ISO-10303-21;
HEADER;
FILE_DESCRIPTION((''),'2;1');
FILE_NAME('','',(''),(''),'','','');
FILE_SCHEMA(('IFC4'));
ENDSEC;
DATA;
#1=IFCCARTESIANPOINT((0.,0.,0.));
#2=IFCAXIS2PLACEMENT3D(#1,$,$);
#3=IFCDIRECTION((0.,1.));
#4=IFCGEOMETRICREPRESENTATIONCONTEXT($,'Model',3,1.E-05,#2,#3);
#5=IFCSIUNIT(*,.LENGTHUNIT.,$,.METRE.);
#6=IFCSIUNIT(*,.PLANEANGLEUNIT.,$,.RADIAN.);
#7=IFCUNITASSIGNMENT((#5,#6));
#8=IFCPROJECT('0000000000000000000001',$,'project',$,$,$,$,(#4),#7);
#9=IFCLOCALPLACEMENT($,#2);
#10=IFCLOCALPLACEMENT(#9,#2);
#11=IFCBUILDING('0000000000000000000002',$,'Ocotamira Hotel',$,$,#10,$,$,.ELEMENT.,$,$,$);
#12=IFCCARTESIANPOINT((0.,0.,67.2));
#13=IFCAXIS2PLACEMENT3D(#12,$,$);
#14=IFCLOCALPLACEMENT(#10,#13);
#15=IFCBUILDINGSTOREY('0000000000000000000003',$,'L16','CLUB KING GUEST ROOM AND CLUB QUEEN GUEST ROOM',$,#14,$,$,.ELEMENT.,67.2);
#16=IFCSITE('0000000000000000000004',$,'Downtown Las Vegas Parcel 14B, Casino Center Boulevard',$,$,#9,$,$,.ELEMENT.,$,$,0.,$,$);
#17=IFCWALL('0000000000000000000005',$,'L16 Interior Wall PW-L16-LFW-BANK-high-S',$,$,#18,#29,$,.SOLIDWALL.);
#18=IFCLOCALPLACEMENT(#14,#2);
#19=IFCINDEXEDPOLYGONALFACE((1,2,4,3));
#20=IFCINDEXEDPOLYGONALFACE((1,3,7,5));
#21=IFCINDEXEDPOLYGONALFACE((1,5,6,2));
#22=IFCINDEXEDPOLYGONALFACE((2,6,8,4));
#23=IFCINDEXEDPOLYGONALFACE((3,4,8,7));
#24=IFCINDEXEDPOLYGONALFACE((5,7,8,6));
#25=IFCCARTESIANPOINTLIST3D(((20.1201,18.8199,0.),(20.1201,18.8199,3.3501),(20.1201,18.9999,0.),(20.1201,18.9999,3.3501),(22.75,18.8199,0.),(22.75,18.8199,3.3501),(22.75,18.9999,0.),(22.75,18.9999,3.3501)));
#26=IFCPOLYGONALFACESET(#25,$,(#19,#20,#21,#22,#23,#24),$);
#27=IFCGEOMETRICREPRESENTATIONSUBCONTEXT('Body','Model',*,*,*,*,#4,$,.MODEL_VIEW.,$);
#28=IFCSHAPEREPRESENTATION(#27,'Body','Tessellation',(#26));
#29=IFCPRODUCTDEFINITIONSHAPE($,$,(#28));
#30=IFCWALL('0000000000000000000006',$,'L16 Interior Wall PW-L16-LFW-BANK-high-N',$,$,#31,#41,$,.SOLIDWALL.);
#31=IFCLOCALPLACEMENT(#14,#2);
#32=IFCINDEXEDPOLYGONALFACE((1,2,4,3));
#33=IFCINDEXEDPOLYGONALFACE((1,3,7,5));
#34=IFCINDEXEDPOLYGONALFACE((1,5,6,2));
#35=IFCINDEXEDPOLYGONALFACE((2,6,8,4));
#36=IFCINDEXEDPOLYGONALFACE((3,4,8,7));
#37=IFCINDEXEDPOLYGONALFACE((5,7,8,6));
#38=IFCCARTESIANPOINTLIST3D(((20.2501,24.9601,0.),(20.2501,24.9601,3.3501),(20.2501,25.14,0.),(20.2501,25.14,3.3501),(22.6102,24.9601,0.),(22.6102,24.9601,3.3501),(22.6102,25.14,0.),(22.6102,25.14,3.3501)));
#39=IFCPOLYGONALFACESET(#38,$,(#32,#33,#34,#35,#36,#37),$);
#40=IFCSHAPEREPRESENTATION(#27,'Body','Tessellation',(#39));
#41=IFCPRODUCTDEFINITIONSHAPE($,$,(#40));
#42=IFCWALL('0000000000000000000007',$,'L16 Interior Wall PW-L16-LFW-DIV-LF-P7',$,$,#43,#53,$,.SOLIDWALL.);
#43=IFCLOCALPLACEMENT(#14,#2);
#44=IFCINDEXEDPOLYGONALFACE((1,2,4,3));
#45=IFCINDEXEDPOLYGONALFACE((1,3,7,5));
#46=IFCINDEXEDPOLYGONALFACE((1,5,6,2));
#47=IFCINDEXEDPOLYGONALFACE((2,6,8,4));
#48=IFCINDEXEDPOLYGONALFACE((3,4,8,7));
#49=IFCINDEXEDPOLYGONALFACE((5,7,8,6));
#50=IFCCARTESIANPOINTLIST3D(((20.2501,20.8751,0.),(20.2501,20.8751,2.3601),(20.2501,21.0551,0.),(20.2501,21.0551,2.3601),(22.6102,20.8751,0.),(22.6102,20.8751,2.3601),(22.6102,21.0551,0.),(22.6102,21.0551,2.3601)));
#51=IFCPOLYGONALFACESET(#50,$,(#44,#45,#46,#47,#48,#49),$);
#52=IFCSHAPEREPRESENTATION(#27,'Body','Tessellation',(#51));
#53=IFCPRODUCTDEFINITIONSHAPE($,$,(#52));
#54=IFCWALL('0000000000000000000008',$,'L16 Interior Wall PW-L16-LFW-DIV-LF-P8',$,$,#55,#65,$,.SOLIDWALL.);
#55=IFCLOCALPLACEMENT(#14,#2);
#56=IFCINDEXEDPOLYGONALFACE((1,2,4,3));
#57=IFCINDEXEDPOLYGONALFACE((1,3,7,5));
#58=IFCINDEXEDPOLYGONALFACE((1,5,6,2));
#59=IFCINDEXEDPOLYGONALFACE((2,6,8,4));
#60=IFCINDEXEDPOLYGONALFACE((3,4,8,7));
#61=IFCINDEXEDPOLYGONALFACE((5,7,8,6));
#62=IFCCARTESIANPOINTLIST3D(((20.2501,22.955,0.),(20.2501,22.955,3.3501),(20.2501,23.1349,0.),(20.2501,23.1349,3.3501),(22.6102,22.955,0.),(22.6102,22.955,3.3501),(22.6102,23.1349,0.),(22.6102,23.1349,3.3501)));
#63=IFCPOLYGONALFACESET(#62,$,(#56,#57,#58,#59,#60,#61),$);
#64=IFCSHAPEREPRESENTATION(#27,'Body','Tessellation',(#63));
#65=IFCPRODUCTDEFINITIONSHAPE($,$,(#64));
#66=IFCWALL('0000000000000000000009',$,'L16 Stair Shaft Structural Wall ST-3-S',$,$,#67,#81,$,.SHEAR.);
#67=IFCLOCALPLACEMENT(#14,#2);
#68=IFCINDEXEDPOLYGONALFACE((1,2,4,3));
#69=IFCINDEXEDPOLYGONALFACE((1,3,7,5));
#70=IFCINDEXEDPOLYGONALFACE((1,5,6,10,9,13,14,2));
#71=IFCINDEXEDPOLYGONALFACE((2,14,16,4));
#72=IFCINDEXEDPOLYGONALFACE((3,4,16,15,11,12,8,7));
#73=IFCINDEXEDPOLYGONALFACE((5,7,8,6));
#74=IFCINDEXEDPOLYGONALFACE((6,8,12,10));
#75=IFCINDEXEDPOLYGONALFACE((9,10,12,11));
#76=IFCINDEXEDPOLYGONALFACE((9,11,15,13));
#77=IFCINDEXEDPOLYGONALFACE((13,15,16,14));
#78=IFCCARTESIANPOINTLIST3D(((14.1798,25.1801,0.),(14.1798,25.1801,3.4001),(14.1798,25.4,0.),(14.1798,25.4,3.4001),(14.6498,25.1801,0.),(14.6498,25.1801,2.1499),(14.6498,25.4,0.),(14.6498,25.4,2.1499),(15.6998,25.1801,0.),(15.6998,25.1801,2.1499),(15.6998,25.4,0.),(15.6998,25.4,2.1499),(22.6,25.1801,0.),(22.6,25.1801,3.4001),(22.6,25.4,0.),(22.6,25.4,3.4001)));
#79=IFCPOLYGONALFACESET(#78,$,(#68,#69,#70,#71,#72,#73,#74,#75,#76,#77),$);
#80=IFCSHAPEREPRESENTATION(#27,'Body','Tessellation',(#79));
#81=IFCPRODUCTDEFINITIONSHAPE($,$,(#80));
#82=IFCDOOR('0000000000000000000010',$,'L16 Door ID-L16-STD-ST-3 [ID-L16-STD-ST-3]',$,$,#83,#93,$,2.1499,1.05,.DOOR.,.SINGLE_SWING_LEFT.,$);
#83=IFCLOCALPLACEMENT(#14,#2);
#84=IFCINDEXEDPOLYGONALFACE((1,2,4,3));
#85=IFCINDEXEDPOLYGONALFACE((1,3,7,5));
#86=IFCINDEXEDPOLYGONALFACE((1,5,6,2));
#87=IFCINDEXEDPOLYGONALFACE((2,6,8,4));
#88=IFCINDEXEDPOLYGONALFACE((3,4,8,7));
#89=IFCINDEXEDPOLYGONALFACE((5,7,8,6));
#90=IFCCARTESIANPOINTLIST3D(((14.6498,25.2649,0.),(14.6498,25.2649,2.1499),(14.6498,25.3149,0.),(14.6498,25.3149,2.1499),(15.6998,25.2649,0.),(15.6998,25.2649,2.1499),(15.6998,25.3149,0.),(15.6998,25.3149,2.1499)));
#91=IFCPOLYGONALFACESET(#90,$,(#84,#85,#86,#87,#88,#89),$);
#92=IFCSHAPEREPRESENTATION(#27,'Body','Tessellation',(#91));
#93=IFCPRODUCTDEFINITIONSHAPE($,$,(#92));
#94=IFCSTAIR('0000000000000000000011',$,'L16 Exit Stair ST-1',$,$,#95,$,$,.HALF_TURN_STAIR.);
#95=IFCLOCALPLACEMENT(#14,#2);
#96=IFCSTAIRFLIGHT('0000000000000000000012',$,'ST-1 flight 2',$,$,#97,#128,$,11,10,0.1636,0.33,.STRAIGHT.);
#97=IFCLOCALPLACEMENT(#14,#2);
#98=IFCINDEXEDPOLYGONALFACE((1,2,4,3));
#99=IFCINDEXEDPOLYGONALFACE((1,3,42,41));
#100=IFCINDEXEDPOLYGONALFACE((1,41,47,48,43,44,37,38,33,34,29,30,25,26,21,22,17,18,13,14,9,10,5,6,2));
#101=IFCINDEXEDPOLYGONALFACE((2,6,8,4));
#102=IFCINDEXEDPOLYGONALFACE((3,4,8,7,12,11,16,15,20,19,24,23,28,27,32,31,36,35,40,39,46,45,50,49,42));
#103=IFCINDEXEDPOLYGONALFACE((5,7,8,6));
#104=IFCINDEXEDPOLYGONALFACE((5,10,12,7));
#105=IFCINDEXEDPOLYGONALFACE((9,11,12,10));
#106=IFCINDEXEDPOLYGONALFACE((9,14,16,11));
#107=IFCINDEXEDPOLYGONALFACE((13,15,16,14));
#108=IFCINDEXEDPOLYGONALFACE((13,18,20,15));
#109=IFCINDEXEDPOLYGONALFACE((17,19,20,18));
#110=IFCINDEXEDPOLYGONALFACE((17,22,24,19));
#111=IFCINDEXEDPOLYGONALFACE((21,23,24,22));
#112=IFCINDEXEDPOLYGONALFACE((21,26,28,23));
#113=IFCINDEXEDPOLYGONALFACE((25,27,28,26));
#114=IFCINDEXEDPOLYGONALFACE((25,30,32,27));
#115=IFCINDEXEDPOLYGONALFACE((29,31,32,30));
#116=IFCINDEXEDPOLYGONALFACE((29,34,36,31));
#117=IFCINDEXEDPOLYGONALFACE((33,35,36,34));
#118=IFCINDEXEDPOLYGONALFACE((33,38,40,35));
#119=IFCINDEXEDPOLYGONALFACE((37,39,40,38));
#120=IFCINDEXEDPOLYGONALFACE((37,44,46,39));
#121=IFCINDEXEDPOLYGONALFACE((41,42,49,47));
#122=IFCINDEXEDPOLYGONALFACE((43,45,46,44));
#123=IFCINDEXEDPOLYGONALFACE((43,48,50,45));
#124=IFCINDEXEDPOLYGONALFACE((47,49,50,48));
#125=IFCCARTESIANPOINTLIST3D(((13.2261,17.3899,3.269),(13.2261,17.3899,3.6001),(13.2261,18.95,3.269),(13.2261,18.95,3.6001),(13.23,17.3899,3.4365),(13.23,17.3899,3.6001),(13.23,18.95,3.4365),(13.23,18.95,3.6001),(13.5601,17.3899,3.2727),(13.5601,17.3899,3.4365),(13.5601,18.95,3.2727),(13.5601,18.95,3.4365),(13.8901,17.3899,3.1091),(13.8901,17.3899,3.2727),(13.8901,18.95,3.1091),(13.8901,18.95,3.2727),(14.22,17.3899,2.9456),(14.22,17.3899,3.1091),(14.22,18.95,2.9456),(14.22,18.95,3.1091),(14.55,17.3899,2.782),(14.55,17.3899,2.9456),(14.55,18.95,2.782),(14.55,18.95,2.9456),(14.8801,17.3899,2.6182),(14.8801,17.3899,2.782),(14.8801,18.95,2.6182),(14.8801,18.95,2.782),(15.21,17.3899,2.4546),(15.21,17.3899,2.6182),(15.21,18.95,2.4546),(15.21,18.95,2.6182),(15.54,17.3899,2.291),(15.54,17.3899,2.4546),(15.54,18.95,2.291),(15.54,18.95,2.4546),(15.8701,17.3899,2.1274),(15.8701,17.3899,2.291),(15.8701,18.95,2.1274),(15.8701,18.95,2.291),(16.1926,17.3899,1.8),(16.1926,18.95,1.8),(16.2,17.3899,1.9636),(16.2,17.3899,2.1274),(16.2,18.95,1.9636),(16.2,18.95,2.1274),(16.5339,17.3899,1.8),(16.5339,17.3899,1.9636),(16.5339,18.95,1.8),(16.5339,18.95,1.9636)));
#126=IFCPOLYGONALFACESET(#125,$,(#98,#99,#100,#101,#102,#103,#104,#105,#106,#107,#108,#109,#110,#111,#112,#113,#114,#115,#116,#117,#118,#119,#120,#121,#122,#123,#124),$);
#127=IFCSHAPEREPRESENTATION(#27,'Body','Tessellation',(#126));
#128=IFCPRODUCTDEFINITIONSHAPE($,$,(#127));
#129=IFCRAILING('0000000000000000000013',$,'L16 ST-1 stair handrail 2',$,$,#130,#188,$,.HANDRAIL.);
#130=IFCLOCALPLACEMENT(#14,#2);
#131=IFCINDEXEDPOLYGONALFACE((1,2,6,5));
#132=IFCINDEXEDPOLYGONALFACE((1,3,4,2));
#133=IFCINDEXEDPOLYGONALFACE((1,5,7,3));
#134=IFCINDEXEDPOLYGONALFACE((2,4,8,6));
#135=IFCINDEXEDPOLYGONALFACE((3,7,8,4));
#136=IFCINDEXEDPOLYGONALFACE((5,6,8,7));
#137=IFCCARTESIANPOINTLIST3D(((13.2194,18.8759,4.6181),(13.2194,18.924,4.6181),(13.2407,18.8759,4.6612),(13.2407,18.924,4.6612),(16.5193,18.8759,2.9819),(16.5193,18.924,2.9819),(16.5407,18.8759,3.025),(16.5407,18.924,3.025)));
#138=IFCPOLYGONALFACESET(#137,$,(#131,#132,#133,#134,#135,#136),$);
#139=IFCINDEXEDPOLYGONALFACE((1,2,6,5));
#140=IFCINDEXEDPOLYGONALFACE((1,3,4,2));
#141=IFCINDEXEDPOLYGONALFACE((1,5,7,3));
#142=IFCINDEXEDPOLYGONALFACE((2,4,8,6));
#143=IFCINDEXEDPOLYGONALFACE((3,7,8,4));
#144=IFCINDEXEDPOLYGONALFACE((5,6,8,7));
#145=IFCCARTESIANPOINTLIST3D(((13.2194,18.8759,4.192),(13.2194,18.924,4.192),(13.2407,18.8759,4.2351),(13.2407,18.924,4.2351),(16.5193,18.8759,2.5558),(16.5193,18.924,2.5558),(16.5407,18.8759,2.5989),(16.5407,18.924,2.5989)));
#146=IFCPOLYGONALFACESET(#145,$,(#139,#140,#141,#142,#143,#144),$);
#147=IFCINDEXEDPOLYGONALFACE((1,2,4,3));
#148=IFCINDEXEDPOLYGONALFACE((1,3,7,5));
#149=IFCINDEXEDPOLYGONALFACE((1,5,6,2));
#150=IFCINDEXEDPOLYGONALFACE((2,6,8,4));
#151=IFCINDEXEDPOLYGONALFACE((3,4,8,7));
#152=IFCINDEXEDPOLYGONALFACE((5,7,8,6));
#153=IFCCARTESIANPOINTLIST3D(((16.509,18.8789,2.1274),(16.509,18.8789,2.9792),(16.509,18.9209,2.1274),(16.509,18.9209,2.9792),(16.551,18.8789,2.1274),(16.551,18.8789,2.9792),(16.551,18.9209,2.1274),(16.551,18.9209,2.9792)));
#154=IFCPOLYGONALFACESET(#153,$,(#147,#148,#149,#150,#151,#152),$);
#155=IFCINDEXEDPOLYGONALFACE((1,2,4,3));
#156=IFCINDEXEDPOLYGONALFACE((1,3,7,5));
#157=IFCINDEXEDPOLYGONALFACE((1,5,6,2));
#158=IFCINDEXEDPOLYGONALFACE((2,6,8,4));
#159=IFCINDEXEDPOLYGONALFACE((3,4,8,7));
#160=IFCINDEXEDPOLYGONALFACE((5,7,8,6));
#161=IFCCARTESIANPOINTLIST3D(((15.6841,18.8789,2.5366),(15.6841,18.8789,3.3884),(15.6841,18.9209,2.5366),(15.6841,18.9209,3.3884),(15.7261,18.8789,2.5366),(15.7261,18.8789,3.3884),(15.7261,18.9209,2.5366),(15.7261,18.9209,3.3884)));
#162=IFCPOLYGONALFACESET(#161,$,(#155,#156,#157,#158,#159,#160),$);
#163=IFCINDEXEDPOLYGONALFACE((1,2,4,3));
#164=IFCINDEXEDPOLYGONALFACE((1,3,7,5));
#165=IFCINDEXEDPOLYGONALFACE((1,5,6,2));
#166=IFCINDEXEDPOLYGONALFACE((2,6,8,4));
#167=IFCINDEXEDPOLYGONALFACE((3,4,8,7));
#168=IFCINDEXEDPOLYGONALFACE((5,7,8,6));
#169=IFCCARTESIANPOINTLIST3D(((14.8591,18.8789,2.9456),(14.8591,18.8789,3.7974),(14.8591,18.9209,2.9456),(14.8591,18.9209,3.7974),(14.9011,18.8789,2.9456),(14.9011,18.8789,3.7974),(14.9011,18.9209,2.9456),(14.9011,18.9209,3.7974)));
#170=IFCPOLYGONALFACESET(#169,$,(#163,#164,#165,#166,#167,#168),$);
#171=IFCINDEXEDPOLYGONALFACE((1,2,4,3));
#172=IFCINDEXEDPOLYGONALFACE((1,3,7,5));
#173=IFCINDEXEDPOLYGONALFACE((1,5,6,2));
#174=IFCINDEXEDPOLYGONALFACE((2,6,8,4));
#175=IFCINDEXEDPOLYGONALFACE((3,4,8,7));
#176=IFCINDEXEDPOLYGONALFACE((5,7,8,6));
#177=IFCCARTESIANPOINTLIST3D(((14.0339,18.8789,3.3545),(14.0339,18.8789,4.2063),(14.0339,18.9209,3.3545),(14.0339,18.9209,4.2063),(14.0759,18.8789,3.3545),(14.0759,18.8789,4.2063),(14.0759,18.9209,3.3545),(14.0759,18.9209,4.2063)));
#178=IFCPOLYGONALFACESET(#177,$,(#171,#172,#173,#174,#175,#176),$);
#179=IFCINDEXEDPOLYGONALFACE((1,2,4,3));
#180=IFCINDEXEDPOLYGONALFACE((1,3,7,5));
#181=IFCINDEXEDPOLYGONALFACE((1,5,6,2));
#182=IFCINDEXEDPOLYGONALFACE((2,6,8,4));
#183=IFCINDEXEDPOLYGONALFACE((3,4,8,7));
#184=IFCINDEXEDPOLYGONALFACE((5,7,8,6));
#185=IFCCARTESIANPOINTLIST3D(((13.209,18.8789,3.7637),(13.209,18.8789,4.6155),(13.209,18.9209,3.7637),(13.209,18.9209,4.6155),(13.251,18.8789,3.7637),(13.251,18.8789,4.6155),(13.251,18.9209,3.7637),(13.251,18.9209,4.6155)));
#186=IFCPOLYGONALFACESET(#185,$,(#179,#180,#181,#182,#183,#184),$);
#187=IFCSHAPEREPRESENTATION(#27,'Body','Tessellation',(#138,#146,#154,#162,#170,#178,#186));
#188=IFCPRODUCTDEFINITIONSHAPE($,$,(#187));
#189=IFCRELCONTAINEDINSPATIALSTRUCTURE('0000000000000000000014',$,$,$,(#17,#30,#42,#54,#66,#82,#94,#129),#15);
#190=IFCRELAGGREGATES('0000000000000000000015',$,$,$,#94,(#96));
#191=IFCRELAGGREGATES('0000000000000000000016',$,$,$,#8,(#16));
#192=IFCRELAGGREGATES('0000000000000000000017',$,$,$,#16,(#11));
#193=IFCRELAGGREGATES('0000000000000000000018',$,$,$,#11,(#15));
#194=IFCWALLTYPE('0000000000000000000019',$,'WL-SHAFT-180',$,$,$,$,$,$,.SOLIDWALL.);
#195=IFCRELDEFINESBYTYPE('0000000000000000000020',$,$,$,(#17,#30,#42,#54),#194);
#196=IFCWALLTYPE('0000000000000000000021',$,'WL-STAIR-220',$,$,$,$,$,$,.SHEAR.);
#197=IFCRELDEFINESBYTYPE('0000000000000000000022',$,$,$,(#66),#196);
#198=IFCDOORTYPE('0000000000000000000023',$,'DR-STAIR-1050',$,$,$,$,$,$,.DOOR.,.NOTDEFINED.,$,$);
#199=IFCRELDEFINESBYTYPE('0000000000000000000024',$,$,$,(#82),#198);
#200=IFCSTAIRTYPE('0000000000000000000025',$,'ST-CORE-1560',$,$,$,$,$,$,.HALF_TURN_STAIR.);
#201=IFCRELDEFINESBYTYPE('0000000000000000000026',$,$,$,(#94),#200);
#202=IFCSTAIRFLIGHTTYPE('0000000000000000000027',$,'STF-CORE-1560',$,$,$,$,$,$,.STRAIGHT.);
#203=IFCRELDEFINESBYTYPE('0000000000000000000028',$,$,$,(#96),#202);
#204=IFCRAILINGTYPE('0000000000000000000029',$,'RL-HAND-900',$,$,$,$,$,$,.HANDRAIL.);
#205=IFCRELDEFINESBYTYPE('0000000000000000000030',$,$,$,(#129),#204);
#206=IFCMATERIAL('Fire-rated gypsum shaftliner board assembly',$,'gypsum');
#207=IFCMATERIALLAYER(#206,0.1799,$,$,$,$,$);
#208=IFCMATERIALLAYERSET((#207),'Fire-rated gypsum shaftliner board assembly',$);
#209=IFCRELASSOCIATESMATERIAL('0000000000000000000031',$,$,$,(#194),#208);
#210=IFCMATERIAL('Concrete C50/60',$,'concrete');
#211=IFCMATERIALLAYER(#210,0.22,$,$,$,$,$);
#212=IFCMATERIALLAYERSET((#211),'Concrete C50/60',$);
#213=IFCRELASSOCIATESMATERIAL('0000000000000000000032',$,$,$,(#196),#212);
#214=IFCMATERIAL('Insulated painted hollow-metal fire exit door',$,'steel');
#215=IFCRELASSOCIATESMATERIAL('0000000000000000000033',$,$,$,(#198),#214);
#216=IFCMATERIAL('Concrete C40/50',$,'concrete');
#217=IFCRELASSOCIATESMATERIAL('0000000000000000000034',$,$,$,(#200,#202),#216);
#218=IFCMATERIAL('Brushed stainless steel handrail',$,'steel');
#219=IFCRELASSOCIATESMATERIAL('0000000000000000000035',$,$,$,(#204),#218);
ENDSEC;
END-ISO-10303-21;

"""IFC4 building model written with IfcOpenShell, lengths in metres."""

from ifc_helpers import new_model, si_unit, direction, frame, frame_2d, origin, origin_2d, place, context, subcontext, project, spatial, polyline, rectangle, outline, extrude, source, transform, mapped, material, layer, layer_set, type_object, element, fill, aggregate, save


model = new_model("IFC4")

# Units and contexts
model_context = context("Model", 3, precision=1e-05, world=origin(), true_north=direction((0.0, 1.0)))
body_context = subcontext(model_context, "Body", "Model", "MODEL_VIEW")
ifc_project = project(units=[si_unit("LENGTHUNIT", "METRE"), si_unit("PLANEANGLEUNIT", "RADIAN")], contexts=[model_context])

# Site, building, storey
site_placement = place(None, origin())
site = spatial("IfcSite", under=ifc_project, at=site_placement, Name="Downtown Las Vegas Parcel 14B, Casino Center Boulevard", CompositionType="ELEMENT", RefElevation=0.0)
building_placement = place(site_placement, origin())
building = spatial("IfcBuilding", under=site, at=building_placement, Name="Ocotamira Hotel", CompositionType="ELEMENT")
storey_placement = place(building_placement, frame((0.0, 0.0, 67.2)))
storey = spatial("IfcBuildingStorey", under=building, at=storey_placement, Name="L16", Description="CLUB KING GUEST ROOM AND CLUB QUEEN GUEST ROOM", CompositionType="ELEMENT", Elevation=67.2)

# Walls
ifc_material_1 = material(Name="Fire-rated gypsum shaftliner board assembly", Category="gypsum")
ifc_layer_1 = layer(ifc_material_1, 0.1799)
ifc_layer_set_1 = layer_set([ifc_layer_1], Name="Fire-rated gypsum shaftliner board assembly")
wall_type_1 = type_object("IfcWallType", Name="WL-SHAFT-180", PredefinedType="SOLIDWALL", material=ifc_layer_set_1)
wall_1_placement = place(storey_placement, frame((20.1201, 18.9099, 0.0), z_axis=(0.0, 0.0, 1.0), x_axis=(1.0, 0.0, 0.0)))
element("IfcWall", 1, at=wall_1_placement, inside=storey, type_object=wall_type_1, Name="L16 Interior Wall PW-L16-LFW-BANK-high-S", PredefinedType="SOLIDWALL", context=body_context, shape_type="SweptSolid", body=[
    extrude(rectangle(XDim=2.6299, YDim=0.1799, at=frame_2d((1.3149, 0.0))), origin(), (0.0, 0.0, 1.0), 3.3501),
])
wall_2_placement = place(storey_placement, frame((20.25, 25.05, 0.0), z_axis=(0.0, 0.0, 1.0), x_axis=(1.0, 0.0, 0.0)))
element("IfcWall", 2, at=wall_2_placement, inside=storey, type_object=wall_type_1, Name="L16 Interior Wall PW-L16-LFW-BANK-high-N", PredefinedType="SOLIDWALL", context=body_context, shape_type="SweptSolid", body=[
    extrude(rectangle(XDim=2.3601, YDim=0.1799, at=frame_2d((1.1802, 0.0))), origin(), (0.0, 0.0, 1.0), 3.3501),
])
wall_3_placement = place(storey_placement, frame((20.25, 20.9651, 0.0), z_axis=(0.0, 0.0, 1.0), x_axis=(1.0, 0.0, 0.0)))
element("IfcWall", 3, at=wall_3_placement, inside=storey, type_object=wall_type_1, Name="L16 Interior Wall PW-L16-LFW-DIV-LF-P7", PredefinedType="SOLIDWALL", context=body_context, shape_type="SweptSolid", body=[
    extrude(rectangle(XDim=2.3601, YDim=0.1799, at=frame_2d((1.1802, 0.0))), origin(), (0.0, 0.0, 1.0), 2.3601),
])
wall_4_placement = place(storey_placement, frame((20.25, 23.0449, 0.0), z_axis=(0.0, 0.0, 1.0), x_axis=(1.0, 0.0, 0.0)))
element("IfcWall", 4, at=wall_4_placement, inside=storey, type_object=wall_type_1, Name="L16 Interior Wall PW-L16-LFW-DIV-LF-P8", PredefinedType="SOLIDWALL", context=body_context, shape_type="SweptSolid", body=[
    extrude(rectangle(XDim=2.3601, YDim=0.1799, at=frame_2d((1.1802, 0.0))), origin(), (0.0, 0.0, 1.0), 3.3501),
])

# Wall, opening, door
ifc_material_2 = material(Name="Concrete C50/60", Category="concrete")
ifc_layer_2 = layer(ifc_material_2, 0.22)
ifc_layer_set_2 = layer_set([ifc_layer_2], Name="Concrete C50/60")
wall_type_2 = type_object("IfcWallType", Name="WL-STAIR-220", PredefinedType="SHEAR", material=ifc_layer_set_2)
wall_5_placement = place(storey_placement, frame((14.1799, 25.29, 0.0), z_axis=(0.0, 0.0, 1.0), x_axis=(1.0, 0.0, 0.0)))
wall_5 = element("IfcWall", 5, at=wall_5_placement, inside=storey, type_object=wall_type_2, Name="L16 Stair Shaft Structural Wall ST-3-S", PredefinedType="SHEAR", context=body_context, shape_type="SweptSolid", body=[
    extrude(rectangle(XDim=8.4202, YDim=0.22, at=frame_2d((4.21, 0.0))), origin(), (0.0, 0.0, 1.0), 3.4001),
])
opening_1_placement = place(wall_5_placement, frame((0.47, 0.0, 0.0)))
opening_1 = element("IfcOpeningElement", 6, at=opening_1_placement, cuts=wall_5, PredefinedType="OPENING", context=body_context, shape_type="SweptSolid", body=[
    extrude(rectangle(XDim=1.05, YDim=2.1499, at=frame_2d((0.5249, 1.075))), frame((0.0, 0.1201, 0.0), z_axis=(0.0, -1.0, 0.0), x_axis=(1.0, 0.0, 0.0)), (0.0, 0.0, 1.0), 0.24),
])
ifc_material_3 = material(Name="Insulated painted hollow-metal fire exit door", Category="steel")
door_type_1 = type_object("IfcDoorType", Name="DR-STAIR-1050", OperationType="NOTDEFINED", PredefinedType="DOOR", material=ifc_material_3)
shared_shape_1 = source(origin(), body_context, "Body", "SweptSolid", [
    extrude(rectangle(XDim=1.05, YDim=2.1499, at=frame_2d((0.5249, 1.075))), frame((0.0, 0.0249, 0.0), z_axis=(0.0, -1.0, 0.0), x_axis=(1.0, 0.0, 0.0)), (0.0, 0.0, 1.0), 0.05),
])
door_1_placement = place(opening_1_placement, origin())
door_1 = element("IfcDoor", 7, at=door_1_placement, inside=storey, type_object=door_type_1, Name="L16 Door ID-L16-STD-ST-3 [ID-L16-STD-ST-3]", OperationType="SINGLE_SWING_LEFT", OverallHeight=2.1499, OverallWidth=1.05, PredefinedType="DOOR", context=body_context, shape_type="MappedRepresentation", body=[
    mapped(shared_shape_1, transform((0.0, 0.0, 0.0), scale=1.0)),
])
fill(opening_1, door_1)

# Stair, stair flight
ifc_material_4 = material(Name="Concrete C40/50", Category="concrete")
stair_type = type_object("IfcStairType", Name="ST-CORE-1560", PredefinedType="HALF_TURN_STAIR", material=ifc_material_4)
stair_placement = place(storey_placement, origin())
stair = element("IfcStair", 8, at=stair_placement, inside=storey, type_object=stair_type, Name="L16 Exit Stair ST-1", PredefinedType="HALF_TURN_STAIR")
stair_flight_type = type_object("IfcStairFlightType", Name="STF-CORE-1560", PredefinedType="STRAIGHT", material=ifc_material_4)
shared_shape_2 = source(origin(), body_context, "Body", "SweptSolid", [
    extrude(outline(polyline([(-0.0039, 0.0), (-0.0039, 0.1636), (0.3301, 0.1636), (0.3301, 0.3274), (0.6599, 0.3274), (0.6599, 0.491), (0.99, 0.491), (0.99, 0.6545), (1.3201, 0.6545), (1.3201, 0.8181), (1.6499, 0.8181), (1.6499, 0.9819), (1.98, 0.9819), (1.98, 1.1455), (2.3101, 1.1455), (2.3101, 1.3091), (2.6399, 1.3091), (2.6399, 1.4727), (2.97, 1.4727), (2.97, 1.6365), (3.3, 1.6365), (3.3, 1.8), (3.304, 1.8), (3.304, 1.469), (0.3374, 0.0), (-0.0039, 0.0)])), frame((0.0, 0.78, 0.0), z_axis=(0.0, -1.0, 0.0), x_axis=(1.0, 0.0, 0.0)), (0.0, 0.0, 1.0), 1.5601),
])
stair_flight_placement = place(storey_placement, frame((16.53, 18.1699, 1.8), z_axis=(0.0, 0.0, 1.0), x_axis=(-1.0, 0.0, 0.0)))
stair_flight = element("IfcStairFlight", 9, at=stair_flight_placement, type_object=stair_flight_type, Name="ST-1 flight 2", NumberOfRisers=11, NumberOfTreads=10, PredefinedType="STRAIGHT", RiserHeight=0.1636, TreadLength=0.33, context=body_context, shape_type="MappedRepresentation", body=[
    mapped(shared_shape_2, transform((0.0, 0.0, 0.0), scale=1.0)),
])
aggregate(stair, [stair_flight])

# Railing
ifc_material_5 = material(Name="Brushed stainless steel handrail", Category="steel")
railing_type = type_object("IfcRailingType", Name="RL-HAND-900", PredefinedType="HANDRAIL", material=ifc_material_5)
railing_placement = place(storey_placement, frame((16.53, 18.8999, 2.1274)))
element("IfcRailing", 10, at=railing_placement, inside=storey, type_object=railing_type, Name="L16 ST-1 stair handrail 2", PredefinedType="HANDRAIL", context=body_context, shape_type="SweptSolid", body=[
    extrude(rectangle(XDim=0.0481, YDim=0.0481, at=origin_2d()), frame((0.0, 0.0, 0.876), z_axis=(-0.89592, 0.0, 0.444215), x_axis=(0.0, -1.0, 0.0)), (0.0, 0.0, 1.0), 3.6833),
    extrude(rectangle(XDim=0.0481, YDim=0.0481, at=origin_2d()), frame((0.0, 0.0, 0.45), z_axis=(-0.89592, 0.0, 0.444215), x_axis=(0.0, -1.0, 0.0)), (0.0, 0.0, 1.0), 3.6833),
    extrude(rectangle(XDim=0.042, YDim=0.042, at=origin_2d()), origin(), (0.0, 0.0, 1.0), 0.8518),
    extrude(rectangle(XDim=0.042, YDim=0.042, at=origin_2d()), frame((-0.825, 0.0, 0.4092)), (0.0, 0.0, 1.0), 0.8518),
    extrude(rectangle(XDim=0.042, YDim=0.042, at=origin_2d()), frame((-1.6499, 0.0, 0.8181)), (0.0, 0.0, 1.0), 0.8518),
    extrude(rectangle(XDim=0.042, YDim=0.042, at=origin_2d()), frame((-2.4751, 0.0, 1.2271)), (0.0, 0.0, 1.0), 0.8518),
    extrude(rectangle(XDim=0.042, YDim=0.042, at=origin_2d()), frame((-3.3, 0.0, 1.6362)), (0.0, 0.0, 1.0), 0.8518),
])

save(model, "model.ifc")
